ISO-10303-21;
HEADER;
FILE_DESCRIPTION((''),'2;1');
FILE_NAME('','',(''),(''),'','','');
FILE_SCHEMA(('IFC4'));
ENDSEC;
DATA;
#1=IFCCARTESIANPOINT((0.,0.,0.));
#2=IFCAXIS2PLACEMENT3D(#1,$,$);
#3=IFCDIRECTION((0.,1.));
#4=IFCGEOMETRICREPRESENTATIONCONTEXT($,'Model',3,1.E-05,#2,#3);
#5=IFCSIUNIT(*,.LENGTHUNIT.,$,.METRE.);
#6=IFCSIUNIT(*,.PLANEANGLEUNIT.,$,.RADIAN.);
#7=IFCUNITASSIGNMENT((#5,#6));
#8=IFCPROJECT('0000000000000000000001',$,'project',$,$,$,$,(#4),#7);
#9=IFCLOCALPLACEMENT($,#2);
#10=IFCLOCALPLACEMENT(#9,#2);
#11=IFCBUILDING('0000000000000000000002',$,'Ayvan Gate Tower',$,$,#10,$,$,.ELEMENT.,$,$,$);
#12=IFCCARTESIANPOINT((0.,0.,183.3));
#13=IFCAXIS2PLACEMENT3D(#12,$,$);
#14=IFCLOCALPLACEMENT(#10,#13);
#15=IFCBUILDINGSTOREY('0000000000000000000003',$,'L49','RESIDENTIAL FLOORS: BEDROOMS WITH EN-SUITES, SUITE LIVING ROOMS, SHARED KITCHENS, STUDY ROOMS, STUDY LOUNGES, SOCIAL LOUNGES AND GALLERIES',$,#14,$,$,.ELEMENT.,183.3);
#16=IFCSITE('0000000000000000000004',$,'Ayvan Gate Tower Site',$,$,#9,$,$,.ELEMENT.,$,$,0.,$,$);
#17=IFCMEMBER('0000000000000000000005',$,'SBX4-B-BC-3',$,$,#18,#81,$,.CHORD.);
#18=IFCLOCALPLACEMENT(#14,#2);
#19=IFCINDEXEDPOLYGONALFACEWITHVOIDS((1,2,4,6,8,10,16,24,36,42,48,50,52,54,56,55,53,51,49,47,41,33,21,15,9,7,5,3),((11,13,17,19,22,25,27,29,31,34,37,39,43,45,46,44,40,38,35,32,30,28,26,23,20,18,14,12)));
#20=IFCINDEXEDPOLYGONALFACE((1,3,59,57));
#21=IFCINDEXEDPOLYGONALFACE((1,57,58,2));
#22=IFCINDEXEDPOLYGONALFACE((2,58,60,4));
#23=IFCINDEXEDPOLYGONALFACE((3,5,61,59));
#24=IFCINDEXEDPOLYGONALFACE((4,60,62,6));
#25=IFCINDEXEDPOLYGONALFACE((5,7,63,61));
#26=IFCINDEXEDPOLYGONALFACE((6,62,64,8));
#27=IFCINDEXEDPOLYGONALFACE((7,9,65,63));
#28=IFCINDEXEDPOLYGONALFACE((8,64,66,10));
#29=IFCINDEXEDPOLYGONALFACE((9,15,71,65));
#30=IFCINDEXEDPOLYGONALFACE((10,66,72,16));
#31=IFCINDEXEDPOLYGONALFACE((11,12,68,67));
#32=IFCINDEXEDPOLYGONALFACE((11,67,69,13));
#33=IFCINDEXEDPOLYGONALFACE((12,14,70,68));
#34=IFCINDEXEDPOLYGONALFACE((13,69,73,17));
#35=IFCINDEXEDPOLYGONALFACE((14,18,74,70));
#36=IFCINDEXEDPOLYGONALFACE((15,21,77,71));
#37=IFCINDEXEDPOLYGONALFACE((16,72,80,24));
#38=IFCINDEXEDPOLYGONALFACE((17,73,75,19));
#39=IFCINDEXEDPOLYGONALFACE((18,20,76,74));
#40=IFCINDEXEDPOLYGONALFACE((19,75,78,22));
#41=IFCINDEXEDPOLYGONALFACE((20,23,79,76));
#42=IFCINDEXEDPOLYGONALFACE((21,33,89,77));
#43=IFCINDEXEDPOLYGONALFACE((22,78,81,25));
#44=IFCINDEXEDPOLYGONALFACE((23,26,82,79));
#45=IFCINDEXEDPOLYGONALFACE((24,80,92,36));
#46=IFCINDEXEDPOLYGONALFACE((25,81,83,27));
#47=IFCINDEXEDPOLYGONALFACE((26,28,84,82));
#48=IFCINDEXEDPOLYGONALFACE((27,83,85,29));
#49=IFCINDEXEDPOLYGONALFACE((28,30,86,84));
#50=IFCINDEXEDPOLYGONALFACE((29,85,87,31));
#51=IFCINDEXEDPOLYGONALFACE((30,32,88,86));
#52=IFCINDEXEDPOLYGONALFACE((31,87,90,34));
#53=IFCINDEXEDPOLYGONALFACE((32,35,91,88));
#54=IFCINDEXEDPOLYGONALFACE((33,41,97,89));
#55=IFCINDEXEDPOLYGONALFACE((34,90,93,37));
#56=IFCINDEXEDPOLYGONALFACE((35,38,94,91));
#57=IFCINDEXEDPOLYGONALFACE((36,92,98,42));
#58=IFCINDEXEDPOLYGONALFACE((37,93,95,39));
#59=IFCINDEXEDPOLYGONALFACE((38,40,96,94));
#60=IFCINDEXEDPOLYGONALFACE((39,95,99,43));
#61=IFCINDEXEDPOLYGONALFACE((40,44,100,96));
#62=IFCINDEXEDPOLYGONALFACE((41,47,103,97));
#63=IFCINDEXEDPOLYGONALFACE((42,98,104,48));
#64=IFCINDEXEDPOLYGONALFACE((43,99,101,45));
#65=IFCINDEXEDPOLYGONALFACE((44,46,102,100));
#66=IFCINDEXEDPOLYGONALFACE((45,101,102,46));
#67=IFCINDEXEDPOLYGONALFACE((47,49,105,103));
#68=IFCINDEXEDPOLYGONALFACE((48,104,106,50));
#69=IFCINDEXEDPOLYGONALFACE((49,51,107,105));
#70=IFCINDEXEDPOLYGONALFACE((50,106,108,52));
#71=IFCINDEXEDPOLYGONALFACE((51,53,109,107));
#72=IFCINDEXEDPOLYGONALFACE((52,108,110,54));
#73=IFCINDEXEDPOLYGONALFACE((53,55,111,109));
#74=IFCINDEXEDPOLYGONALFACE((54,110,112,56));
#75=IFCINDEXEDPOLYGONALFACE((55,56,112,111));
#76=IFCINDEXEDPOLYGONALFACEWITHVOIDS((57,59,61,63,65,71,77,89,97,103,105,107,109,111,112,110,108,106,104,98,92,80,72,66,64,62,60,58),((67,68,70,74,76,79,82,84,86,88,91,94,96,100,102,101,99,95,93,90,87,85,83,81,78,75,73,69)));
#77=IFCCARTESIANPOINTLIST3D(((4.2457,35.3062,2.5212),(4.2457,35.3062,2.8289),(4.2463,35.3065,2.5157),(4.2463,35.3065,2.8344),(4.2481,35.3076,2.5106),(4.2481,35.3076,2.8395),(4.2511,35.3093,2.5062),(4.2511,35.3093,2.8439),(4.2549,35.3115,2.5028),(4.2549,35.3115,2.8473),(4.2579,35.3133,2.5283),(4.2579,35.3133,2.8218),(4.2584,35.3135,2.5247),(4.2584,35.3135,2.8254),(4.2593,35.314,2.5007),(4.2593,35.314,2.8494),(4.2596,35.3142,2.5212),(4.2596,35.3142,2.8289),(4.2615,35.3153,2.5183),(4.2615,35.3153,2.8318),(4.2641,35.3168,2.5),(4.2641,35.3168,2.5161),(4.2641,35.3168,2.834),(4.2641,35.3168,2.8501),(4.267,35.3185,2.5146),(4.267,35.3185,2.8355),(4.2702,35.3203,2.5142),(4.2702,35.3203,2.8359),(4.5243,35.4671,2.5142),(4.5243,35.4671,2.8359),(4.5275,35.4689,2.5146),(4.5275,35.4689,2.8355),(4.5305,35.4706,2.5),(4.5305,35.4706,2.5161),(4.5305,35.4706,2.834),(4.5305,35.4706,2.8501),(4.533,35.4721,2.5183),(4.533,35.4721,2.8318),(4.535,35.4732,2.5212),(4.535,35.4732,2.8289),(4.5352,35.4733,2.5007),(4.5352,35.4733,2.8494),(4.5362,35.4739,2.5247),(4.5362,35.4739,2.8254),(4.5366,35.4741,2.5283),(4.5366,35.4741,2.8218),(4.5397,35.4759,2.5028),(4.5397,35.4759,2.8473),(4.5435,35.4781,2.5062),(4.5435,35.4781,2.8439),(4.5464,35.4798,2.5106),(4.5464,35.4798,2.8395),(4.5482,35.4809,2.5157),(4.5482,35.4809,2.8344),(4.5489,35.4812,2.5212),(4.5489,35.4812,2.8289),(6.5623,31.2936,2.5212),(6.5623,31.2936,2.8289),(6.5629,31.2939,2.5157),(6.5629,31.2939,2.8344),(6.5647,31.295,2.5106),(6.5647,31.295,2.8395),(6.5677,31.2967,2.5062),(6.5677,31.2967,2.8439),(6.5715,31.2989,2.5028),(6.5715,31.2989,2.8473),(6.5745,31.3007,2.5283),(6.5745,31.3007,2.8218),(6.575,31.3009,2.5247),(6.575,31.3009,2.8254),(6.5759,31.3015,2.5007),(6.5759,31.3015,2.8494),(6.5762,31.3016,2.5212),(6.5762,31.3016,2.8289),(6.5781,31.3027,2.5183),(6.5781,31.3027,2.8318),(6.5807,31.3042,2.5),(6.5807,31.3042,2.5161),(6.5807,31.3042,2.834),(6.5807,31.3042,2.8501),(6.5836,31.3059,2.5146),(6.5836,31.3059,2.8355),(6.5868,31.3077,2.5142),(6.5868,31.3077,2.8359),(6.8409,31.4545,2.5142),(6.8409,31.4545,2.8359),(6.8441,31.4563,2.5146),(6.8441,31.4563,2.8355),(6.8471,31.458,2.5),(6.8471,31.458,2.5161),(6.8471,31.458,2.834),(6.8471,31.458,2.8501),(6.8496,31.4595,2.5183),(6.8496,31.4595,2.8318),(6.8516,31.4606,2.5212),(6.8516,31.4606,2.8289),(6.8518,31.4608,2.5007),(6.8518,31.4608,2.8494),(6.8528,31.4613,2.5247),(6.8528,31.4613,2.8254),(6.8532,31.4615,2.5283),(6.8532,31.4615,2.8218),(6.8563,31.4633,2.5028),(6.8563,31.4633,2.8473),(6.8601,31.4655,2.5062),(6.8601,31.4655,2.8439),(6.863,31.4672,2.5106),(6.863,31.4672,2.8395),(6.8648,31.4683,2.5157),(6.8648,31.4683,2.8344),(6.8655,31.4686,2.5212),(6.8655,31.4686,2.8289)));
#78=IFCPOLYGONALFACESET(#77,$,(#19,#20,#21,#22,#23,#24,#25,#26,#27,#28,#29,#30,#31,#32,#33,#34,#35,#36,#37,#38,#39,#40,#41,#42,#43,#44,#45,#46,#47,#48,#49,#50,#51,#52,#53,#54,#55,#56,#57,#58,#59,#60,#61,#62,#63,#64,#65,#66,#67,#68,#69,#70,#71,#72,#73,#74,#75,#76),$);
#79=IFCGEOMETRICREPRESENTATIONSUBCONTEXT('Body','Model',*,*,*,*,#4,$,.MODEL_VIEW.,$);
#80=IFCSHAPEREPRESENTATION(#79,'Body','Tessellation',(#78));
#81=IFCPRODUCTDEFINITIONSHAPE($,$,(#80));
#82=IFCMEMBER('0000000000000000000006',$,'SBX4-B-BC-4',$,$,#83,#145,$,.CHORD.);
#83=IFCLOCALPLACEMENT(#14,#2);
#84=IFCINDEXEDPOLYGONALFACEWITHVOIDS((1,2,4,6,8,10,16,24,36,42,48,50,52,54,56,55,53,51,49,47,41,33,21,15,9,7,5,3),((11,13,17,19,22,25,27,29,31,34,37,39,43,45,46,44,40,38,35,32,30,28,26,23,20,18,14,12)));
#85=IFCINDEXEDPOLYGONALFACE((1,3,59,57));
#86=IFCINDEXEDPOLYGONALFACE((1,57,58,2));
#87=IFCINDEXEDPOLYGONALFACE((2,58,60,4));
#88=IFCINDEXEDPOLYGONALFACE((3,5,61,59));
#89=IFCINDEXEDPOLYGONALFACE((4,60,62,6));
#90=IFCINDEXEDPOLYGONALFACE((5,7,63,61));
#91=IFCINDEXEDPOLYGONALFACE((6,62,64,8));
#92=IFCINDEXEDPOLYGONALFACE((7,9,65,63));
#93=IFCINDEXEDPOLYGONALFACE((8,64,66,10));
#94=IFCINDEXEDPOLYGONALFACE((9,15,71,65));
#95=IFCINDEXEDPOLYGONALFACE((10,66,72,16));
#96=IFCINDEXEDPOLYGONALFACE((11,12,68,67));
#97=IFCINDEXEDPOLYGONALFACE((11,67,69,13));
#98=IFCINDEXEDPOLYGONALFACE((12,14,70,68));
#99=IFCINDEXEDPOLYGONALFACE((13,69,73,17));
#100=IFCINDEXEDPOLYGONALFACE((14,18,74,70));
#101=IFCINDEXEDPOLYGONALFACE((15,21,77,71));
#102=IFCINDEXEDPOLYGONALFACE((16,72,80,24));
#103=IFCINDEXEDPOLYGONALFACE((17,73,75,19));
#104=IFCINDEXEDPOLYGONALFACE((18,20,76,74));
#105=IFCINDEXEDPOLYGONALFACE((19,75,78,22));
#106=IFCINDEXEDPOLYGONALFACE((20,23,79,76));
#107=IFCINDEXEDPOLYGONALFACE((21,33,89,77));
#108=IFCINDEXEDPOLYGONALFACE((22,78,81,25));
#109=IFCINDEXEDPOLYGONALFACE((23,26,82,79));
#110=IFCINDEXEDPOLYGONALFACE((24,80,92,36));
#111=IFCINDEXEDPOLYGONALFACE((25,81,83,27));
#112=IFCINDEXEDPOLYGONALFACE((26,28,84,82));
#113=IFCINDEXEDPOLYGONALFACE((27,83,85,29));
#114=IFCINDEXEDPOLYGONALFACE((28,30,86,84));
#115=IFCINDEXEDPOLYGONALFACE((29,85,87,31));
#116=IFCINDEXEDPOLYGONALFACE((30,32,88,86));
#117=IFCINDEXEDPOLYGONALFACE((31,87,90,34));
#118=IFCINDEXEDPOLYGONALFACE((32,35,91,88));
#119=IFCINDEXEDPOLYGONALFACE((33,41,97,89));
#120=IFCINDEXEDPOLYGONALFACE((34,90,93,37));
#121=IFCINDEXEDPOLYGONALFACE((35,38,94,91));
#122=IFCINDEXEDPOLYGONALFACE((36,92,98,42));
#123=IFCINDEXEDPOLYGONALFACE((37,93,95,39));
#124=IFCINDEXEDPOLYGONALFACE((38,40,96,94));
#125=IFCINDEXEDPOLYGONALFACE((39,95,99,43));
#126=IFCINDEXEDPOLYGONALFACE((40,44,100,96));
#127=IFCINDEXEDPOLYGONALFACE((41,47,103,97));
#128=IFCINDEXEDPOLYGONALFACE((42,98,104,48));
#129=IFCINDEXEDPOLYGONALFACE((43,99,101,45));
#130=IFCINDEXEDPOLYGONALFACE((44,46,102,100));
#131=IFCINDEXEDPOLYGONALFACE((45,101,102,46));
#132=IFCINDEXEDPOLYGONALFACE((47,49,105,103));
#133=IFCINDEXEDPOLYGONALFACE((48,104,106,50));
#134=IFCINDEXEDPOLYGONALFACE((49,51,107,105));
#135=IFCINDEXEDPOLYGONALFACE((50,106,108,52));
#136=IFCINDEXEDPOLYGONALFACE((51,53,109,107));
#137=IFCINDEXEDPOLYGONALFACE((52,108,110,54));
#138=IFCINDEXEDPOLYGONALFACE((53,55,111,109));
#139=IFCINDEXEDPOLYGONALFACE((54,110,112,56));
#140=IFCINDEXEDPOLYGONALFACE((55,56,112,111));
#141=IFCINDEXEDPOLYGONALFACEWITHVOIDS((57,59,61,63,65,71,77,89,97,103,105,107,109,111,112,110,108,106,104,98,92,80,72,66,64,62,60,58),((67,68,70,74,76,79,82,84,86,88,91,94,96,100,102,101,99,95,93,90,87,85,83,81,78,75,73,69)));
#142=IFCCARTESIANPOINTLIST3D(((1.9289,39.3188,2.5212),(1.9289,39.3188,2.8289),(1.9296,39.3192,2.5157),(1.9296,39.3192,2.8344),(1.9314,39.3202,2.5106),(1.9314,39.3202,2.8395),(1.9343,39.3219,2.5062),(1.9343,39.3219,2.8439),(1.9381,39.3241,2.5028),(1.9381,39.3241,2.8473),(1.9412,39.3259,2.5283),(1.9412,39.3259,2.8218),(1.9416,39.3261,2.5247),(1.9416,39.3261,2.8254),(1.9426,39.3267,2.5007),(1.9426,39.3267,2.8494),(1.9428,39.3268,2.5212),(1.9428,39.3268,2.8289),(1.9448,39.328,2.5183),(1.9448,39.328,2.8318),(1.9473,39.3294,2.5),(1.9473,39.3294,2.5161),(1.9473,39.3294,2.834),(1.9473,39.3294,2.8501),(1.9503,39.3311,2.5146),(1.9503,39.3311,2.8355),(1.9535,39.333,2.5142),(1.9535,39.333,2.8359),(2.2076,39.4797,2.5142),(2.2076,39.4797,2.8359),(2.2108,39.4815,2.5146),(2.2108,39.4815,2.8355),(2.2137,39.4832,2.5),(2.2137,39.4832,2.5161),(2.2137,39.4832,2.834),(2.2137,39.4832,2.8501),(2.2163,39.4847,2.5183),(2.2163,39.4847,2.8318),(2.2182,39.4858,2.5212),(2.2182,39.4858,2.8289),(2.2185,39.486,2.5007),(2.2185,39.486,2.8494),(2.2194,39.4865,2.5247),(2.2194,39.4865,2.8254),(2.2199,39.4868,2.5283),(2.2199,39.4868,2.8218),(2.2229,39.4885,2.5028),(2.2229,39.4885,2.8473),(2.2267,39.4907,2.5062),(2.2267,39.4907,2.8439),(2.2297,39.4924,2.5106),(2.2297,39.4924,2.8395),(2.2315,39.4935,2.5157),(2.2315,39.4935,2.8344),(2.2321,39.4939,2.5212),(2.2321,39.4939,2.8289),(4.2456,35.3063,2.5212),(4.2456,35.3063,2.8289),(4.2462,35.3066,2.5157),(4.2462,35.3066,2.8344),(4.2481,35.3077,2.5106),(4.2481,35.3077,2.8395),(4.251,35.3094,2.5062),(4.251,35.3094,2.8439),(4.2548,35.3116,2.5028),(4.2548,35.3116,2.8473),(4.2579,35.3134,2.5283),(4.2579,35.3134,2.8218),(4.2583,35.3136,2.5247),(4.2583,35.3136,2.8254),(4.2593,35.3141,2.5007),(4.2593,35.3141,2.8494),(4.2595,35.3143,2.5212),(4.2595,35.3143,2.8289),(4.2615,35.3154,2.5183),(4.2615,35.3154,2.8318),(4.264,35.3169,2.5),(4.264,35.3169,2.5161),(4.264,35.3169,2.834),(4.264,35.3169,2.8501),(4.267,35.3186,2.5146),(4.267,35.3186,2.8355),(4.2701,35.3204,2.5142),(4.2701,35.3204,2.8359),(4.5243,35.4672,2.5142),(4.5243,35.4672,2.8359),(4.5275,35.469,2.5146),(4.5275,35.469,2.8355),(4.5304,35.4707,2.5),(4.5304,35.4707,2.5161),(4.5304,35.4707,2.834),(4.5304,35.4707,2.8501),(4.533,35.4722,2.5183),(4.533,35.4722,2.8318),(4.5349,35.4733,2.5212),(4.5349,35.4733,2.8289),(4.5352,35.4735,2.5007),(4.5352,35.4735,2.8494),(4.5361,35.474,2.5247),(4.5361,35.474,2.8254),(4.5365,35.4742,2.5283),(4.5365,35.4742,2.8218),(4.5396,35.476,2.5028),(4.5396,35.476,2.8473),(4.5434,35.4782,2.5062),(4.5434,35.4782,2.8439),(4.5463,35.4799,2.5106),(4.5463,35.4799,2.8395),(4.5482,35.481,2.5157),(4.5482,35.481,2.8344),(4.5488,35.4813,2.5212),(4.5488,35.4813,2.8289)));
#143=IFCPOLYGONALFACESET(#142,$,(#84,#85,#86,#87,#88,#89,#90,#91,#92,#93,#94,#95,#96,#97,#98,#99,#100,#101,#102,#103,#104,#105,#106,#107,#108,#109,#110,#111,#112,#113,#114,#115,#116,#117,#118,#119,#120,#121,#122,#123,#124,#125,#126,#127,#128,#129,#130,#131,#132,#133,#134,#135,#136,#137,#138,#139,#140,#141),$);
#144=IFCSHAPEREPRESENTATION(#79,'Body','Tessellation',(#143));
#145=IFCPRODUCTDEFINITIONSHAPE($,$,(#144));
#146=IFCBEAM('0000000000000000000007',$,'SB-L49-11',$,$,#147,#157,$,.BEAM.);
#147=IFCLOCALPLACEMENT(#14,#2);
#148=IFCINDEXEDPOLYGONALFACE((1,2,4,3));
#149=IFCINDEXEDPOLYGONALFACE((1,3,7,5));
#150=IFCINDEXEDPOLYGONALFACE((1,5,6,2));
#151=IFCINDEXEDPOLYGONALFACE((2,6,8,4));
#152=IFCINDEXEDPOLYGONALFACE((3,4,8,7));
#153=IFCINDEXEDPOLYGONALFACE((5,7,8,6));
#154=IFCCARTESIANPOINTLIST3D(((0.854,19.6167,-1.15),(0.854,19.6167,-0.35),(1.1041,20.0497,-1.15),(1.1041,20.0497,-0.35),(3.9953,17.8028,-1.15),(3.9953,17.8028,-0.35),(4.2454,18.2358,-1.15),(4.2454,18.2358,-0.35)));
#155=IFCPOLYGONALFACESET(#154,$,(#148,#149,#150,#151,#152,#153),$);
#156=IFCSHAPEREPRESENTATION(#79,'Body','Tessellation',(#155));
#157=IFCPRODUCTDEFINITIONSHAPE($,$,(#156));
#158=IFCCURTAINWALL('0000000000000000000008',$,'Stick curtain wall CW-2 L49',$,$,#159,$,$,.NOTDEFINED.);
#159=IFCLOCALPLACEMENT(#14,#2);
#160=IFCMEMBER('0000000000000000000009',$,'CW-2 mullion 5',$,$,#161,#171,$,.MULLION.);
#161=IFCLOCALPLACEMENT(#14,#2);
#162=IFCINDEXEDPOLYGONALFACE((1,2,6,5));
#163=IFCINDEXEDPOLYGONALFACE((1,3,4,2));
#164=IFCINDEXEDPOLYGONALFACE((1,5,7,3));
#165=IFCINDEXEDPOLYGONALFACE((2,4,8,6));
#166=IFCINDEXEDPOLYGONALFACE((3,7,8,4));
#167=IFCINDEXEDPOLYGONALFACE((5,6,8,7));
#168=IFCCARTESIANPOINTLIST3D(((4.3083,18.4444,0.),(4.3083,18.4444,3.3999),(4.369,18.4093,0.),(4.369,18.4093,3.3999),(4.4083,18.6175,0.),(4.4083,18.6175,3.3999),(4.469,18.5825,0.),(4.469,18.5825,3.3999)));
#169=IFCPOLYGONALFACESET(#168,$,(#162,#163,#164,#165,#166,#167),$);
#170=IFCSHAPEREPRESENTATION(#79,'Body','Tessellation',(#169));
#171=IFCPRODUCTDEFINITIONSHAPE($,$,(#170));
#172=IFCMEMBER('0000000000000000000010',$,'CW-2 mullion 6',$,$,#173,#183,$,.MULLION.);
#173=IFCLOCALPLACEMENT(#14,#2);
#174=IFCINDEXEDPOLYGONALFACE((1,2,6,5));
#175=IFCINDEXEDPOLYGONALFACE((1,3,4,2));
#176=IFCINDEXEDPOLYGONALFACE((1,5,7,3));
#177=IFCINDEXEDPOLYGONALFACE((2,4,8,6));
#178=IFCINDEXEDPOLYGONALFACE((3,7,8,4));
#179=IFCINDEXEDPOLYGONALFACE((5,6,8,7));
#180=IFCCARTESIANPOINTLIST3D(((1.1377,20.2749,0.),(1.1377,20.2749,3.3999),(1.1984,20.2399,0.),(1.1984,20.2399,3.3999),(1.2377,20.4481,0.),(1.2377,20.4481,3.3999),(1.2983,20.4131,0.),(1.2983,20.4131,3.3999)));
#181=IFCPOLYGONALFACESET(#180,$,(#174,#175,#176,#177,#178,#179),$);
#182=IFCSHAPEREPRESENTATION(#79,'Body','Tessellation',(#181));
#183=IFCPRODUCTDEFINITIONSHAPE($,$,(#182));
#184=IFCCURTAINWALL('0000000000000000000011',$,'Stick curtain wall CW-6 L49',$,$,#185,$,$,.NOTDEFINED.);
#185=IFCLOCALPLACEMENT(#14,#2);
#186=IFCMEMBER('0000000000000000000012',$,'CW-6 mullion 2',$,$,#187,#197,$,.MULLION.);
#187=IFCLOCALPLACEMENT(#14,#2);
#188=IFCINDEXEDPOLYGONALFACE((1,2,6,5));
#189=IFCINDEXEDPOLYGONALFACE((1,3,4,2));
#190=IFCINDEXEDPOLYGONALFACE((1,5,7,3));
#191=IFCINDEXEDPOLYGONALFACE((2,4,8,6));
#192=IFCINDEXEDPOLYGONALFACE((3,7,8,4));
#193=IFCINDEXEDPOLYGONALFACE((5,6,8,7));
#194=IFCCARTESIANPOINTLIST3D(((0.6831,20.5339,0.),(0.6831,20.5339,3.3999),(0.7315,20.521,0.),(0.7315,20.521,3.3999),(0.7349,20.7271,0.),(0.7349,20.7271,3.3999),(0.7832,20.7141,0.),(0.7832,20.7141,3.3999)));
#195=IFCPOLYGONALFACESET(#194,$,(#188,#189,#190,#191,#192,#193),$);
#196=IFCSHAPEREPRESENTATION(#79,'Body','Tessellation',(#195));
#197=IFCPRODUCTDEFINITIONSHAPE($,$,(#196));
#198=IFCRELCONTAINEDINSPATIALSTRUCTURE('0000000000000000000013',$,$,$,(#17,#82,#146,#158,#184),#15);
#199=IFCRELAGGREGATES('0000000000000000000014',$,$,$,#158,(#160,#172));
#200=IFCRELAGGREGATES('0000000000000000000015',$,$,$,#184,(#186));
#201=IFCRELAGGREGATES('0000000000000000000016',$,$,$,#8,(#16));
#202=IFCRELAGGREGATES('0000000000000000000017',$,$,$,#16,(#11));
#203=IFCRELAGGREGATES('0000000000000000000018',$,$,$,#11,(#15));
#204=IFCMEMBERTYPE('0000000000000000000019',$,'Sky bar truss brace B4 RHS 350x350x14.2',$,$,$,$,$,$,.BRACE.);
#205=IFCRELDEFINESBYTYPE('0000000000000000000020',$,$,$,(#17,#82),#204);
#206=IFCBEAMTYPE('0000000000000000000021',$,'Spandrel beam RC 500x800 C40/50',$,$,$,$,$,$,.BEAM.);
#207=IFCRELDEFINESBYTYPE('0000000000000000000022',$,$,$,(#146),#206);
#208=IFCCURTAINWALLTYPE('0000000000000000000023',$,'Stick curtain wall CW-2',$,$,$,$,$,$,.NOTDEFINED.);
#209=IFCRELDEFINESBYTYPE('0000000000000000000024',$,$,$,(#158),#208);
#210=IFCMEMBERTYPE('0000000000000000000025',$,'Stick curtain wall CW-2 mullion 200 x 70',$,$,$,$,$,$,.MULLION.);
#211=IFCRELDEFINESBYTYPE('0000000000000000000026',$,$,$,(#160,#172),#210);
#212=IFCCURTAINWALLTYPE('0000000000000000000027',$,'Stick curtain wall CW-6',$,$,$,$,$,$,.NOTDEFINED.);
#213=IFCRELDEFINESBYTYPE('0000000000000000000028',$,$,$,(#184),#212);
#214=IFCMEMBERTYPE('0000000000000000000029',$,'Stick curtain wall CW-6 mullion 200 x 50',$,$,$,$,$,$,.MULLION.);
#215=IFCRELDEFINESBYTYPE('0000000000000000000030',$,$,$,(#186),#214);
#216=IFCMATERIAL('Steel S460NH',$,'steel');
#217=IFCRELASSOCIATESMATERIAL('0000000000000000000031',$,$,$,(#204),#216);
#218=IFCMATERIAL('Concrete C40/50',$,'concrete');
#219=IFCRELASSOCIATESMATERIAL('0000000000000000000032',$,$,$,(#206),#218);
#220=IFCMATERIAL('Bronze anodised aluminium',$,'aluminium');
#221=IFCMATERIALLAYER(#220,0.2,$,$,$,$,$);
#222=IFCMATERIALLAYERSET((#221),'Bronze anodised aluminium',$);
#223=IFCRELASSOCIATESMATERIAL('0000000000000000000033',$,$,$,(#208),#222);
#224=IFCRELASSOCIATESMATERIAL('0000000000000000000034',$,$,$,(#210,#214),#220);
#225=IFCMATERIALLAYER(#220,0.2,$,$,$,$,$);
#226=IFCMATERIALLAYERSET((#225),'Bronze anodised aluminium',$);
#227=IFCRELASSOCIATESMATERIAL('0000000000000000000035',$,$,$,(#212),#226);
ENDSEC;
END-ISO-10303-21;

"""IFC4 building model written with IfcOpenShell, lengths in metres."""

from ifc_helpers import new_model, si_unit, direction, frame, origin, origin_2d, place, context, subcontext, project, spatial, rectangle, hollow_rectangle, extrude, material, layer, layer_set, material_profile, profile_set, type_object, element, aggregate, save


model = new_model("IFC4")

# Units and contexts
model_context = context("Model", 3, precision=1e-05, world=origin(), true_north=direction((0.0, 1.0)))
body_context = subcontext(model_context, "Body", "Model", "MODEL_VIEW")
ifc_project = project(units=[si_unit("LENGTHUNIT", "METRE"), si_unit("PLANEANGLEUNIT", "RADIAN")], contexts=[model_context])

# Site, building, storey
site_placement = place(None, origin())
site = spatial("IfcSite", under=ifc_project, at=site_placement, Name="Ayvan Gate Tower Site", CompositionType="ELEMENT", RefElevation=0.0)
building_placement = place(site_placement, origin())
building = spatial("IfcBuilding", under=site, at=building_placement, Name="Ayvan Gate Tower", CompositionType="ELEMENT")
storey_placement = place(building_placement, frame((0.0, 0.0, 183.3)))
storey = spatial("IfcBuildingStorey", under=building, at=storey_placement, Name="L49", Description="RESIDENTIAL FLOORS: BEDROOMS WITH EN-SUITES, SUITE LIVING ROOMS, SHARED KITCHENS, STUDY ROOMS, STUDY LOUNGES, SOCIAL LOUNGES AND GALLERIES", CompositionType="ELEMENT", Elevation=183.3)

# Shared definitions
ifc_material_1 = material(Name="Concrete C40/50", Category="concrete")

# Members
ifc_material_2 = material(Name="Steel S460NH", Category="steel")
ifc_material_profile_1 = material_profile(ifc_material_2, hollow_rectangle(XDim=0.3501, YDim=0.3501, WallThickness=0.0142, InnerFilletRadius=0.0142, OuterFilletRadius=0.0212, at=origin_2d()), Name="RHS 350x350x14.2")
ifc_profile_set_1 = profile_set([ifc_material_profile_1], Name="Steel S460NH")
member_type_1 = type_object("IfcMemberType", Name="Sky bar truss brace B4 RHS 350x350x14.2", PredefinedType="BRACE", material=ifc_profile_set_1)
for number, where, z_axis, x_axis, name in (
    (1, (6.7139, 31.3811, 2.675), (-0.499987, 0.866033, 0.0), (-0.866033, -0.499987, 0.0), "SBX4-B-BC-3"),
    (2, (4.3972, 35.3938, 2.675), (-0.50001, 0.86602, 0.0), (-0.86602, -0.50001, 0.0), "SBX4-B-BC-4"),
):
    element("IfcMember", number, at=place(storey_placement, frame(where, z_axis=z_axis, x_axis=x_axis)), inside=storey, type_object=member_type_1, Name=name, PredefinedType="CHORD", context=body_context, shape_type="SweptSolid", body=[
        extrude(hollow_rectangle(XDim=0.3501, YDim=0.3501, WallThickness=0.0142, InnerFilletRadius=0.0142, OuterFilletRadius=0.0212, at=origin_2d()), origin(), (0.0, 0.0, 1.0), 4.6333),
    ])

# Beam
ifc_material_profile_2 = material_profile(ifc_material_1, rectangle(XDim=0.5, YDim=0.8, at=origin_2d()), Name="RC 500x800")
ifc_profile_set_2 = profile_set([ifc_material_profile_2], Name="Concrete C40/50")
beam_type_1 = type_object("IfcBeamType", Name="Spandrel beam RC 500x800 C40/50", PredefinedType="BEAM", material=ifc_profile_set_2)
beam_1_placement = place(storey_placement, frame((4.1204, 18.0193, -0.75), z_axis=(-0.865989, 0.500062, 0.0), x_axis=(-0.500062, -0.865989, 0.0)))
element("IfcBeam", 3, at=beam_1_placement, inside=storey, type_object=beam_type_1, Name="SB-L49-11", PredefinedType="BEAM", context=body_context, shape_type="SweptSolid", body=[
    extrude(rectangle(XDim=0.5, YDim=0.8, at=origin_2d()), origin(), (0.0, 0.0, 1.0), 3.6274),
])

# Curtain walls, members
ifc_material_3 = material(Name="Bronze anodised aluminium", Category="aluminium")
ifc_layer_1 = layer(ifc_material_3, 0.2)
ifc_layer_set_1 = layer_set([ifc_layer_1], Name="Bronze anodised aluminium")
curtain_wall_type_1 = type_object("IfcCurtainWallType", Name="Stick curtain wall CW-2", PredefinedType="NOTDEFINED", material=ifc_layer_set_1)
curtain_wall_1_placement = place(storey_placement, origin())
curtain_wall_1 = element("IfcCurtainWall", 4, at=curtain_wall_1_placement, inside=storey, type_object=curtain_wall_type_1, Name="Stick curtain wall CW-2 L49", PredefinedType="NOTDEFINED")
ifc_material_profile_3 = material_profile(ifc_material_3, rectangle(XDim=0.2, YDim=0.0701, at=origin_2d()), Name="Stick curtain wall CW-2 mullion 200 x 70")
ifc_profile_set_3 = profile_set([ifc_material_profile_3], Name="Bronze anodised aluminium")
member_type_2 = type_object("IfcMemberType", Name="Stick curtain wall CW-2 mullion 200 x 70", PredefinedType="MULLION", material=ifc_profile_set_3)
member_1_placement = place(storey_placement, frame((4.3887, 18.5134, 0.0), z_axis=(0.0, 0.0, 1.0), x_axis=(0.5, 0.866025, 0.0)))
member_1 = element("IfcMember", 5, at=member_1_placement, type_object=member_type_2, Name="CW-2 mullion 5", PredefinedType="MULLION", context=body_context, shape_type="SweptSolid", body=[
    extrude(rectangle(XDim=0.2, YDim=0.0701, at=origin_2d()), origin(), (0.0, 0.0, 1.0), 3.3999),
])
member_2_placement = place(storey_placement, frame((1.218, 20.344, 0.0), z_axis=(0.0, 0.0, 1.0), x_axis=(0.5, 0.866025, 0.0)))
member_2 = element("IfcMember", 6, at=member_2_placement, type_object=member_type_2, Name="CW-2 mullion 6", PredefinedType="MULLION", context=body_context, shape_type="SweptSolid", body=[
    extrude(rectangle(XDim=0.2, YDim=0.0701, at=origin_2d()), origin(), (0.0, 0.0, 1.0), 3.3999),
])
ifc_layer_2 = layer(ifc_material_3, 0.2)
ifc_layer_set_2 = layer_set([ifc_layer_2], Name="Bronze anodised aluminium")
curtain_wall_type_2 = type_object("IfcCurtainWallType", Name="Stick curtain wall CW-6", PredefinedType="NOTDEFINED", material=ifc_layer_set_2)
curtain_wall_2_placement = place(storey_placement, origin())
curtain_wall_2 = element("IfcCurtainWall", 7, at=curtain_wall_2_placement, inside=storey, type_object=curtain_wall_type_2, Name="Stick curtain wall CW-6 L49", PredefinedType="NOTDEFINED")
ifc_material_profile_4 = material_profile(ifc_material_3, rectangle(XDim=0.2, YDim=0.05, at=origin_2d()), Name="Stick curtain wall CW-6 mullion 200 x 50")
ifc_profile_set_4 = profile_set([ifc_material_profile_4], Name="Bronze anodised aluminium")
member_type_3 = type_object("IfcMemberType", Name="Stick curtain wall CW-6 mullion 200 x 50", PredefinedType="MULLION", material=ifc_profile_set_4)
member_3_placement = place(storey_placement, frame((0.7332, 20.624, 0.0), z_axis=(0.0, 0.0, 1.0), x_axis=(0.258819, 0.965926, 0.0)))
member_3 = element("IfcMember", 8, at=member_3_placement, type_object=member_type_3, Name="CW-6 mullion 2", PredefinedType="MULLION", context=body_context, shape_type="SweptSolid", body=[
    extrude(rectangle(XDim=0.2, YDim=0.05, at=origin_2d()), origin(), (0.0, 0.0, 1.0), 3.3999),
])

aggregate(curtain_wall_1, [member_1, member_2])
aggregate(curtain_wall_2, [member_3])

save(model, "model.ifc")
